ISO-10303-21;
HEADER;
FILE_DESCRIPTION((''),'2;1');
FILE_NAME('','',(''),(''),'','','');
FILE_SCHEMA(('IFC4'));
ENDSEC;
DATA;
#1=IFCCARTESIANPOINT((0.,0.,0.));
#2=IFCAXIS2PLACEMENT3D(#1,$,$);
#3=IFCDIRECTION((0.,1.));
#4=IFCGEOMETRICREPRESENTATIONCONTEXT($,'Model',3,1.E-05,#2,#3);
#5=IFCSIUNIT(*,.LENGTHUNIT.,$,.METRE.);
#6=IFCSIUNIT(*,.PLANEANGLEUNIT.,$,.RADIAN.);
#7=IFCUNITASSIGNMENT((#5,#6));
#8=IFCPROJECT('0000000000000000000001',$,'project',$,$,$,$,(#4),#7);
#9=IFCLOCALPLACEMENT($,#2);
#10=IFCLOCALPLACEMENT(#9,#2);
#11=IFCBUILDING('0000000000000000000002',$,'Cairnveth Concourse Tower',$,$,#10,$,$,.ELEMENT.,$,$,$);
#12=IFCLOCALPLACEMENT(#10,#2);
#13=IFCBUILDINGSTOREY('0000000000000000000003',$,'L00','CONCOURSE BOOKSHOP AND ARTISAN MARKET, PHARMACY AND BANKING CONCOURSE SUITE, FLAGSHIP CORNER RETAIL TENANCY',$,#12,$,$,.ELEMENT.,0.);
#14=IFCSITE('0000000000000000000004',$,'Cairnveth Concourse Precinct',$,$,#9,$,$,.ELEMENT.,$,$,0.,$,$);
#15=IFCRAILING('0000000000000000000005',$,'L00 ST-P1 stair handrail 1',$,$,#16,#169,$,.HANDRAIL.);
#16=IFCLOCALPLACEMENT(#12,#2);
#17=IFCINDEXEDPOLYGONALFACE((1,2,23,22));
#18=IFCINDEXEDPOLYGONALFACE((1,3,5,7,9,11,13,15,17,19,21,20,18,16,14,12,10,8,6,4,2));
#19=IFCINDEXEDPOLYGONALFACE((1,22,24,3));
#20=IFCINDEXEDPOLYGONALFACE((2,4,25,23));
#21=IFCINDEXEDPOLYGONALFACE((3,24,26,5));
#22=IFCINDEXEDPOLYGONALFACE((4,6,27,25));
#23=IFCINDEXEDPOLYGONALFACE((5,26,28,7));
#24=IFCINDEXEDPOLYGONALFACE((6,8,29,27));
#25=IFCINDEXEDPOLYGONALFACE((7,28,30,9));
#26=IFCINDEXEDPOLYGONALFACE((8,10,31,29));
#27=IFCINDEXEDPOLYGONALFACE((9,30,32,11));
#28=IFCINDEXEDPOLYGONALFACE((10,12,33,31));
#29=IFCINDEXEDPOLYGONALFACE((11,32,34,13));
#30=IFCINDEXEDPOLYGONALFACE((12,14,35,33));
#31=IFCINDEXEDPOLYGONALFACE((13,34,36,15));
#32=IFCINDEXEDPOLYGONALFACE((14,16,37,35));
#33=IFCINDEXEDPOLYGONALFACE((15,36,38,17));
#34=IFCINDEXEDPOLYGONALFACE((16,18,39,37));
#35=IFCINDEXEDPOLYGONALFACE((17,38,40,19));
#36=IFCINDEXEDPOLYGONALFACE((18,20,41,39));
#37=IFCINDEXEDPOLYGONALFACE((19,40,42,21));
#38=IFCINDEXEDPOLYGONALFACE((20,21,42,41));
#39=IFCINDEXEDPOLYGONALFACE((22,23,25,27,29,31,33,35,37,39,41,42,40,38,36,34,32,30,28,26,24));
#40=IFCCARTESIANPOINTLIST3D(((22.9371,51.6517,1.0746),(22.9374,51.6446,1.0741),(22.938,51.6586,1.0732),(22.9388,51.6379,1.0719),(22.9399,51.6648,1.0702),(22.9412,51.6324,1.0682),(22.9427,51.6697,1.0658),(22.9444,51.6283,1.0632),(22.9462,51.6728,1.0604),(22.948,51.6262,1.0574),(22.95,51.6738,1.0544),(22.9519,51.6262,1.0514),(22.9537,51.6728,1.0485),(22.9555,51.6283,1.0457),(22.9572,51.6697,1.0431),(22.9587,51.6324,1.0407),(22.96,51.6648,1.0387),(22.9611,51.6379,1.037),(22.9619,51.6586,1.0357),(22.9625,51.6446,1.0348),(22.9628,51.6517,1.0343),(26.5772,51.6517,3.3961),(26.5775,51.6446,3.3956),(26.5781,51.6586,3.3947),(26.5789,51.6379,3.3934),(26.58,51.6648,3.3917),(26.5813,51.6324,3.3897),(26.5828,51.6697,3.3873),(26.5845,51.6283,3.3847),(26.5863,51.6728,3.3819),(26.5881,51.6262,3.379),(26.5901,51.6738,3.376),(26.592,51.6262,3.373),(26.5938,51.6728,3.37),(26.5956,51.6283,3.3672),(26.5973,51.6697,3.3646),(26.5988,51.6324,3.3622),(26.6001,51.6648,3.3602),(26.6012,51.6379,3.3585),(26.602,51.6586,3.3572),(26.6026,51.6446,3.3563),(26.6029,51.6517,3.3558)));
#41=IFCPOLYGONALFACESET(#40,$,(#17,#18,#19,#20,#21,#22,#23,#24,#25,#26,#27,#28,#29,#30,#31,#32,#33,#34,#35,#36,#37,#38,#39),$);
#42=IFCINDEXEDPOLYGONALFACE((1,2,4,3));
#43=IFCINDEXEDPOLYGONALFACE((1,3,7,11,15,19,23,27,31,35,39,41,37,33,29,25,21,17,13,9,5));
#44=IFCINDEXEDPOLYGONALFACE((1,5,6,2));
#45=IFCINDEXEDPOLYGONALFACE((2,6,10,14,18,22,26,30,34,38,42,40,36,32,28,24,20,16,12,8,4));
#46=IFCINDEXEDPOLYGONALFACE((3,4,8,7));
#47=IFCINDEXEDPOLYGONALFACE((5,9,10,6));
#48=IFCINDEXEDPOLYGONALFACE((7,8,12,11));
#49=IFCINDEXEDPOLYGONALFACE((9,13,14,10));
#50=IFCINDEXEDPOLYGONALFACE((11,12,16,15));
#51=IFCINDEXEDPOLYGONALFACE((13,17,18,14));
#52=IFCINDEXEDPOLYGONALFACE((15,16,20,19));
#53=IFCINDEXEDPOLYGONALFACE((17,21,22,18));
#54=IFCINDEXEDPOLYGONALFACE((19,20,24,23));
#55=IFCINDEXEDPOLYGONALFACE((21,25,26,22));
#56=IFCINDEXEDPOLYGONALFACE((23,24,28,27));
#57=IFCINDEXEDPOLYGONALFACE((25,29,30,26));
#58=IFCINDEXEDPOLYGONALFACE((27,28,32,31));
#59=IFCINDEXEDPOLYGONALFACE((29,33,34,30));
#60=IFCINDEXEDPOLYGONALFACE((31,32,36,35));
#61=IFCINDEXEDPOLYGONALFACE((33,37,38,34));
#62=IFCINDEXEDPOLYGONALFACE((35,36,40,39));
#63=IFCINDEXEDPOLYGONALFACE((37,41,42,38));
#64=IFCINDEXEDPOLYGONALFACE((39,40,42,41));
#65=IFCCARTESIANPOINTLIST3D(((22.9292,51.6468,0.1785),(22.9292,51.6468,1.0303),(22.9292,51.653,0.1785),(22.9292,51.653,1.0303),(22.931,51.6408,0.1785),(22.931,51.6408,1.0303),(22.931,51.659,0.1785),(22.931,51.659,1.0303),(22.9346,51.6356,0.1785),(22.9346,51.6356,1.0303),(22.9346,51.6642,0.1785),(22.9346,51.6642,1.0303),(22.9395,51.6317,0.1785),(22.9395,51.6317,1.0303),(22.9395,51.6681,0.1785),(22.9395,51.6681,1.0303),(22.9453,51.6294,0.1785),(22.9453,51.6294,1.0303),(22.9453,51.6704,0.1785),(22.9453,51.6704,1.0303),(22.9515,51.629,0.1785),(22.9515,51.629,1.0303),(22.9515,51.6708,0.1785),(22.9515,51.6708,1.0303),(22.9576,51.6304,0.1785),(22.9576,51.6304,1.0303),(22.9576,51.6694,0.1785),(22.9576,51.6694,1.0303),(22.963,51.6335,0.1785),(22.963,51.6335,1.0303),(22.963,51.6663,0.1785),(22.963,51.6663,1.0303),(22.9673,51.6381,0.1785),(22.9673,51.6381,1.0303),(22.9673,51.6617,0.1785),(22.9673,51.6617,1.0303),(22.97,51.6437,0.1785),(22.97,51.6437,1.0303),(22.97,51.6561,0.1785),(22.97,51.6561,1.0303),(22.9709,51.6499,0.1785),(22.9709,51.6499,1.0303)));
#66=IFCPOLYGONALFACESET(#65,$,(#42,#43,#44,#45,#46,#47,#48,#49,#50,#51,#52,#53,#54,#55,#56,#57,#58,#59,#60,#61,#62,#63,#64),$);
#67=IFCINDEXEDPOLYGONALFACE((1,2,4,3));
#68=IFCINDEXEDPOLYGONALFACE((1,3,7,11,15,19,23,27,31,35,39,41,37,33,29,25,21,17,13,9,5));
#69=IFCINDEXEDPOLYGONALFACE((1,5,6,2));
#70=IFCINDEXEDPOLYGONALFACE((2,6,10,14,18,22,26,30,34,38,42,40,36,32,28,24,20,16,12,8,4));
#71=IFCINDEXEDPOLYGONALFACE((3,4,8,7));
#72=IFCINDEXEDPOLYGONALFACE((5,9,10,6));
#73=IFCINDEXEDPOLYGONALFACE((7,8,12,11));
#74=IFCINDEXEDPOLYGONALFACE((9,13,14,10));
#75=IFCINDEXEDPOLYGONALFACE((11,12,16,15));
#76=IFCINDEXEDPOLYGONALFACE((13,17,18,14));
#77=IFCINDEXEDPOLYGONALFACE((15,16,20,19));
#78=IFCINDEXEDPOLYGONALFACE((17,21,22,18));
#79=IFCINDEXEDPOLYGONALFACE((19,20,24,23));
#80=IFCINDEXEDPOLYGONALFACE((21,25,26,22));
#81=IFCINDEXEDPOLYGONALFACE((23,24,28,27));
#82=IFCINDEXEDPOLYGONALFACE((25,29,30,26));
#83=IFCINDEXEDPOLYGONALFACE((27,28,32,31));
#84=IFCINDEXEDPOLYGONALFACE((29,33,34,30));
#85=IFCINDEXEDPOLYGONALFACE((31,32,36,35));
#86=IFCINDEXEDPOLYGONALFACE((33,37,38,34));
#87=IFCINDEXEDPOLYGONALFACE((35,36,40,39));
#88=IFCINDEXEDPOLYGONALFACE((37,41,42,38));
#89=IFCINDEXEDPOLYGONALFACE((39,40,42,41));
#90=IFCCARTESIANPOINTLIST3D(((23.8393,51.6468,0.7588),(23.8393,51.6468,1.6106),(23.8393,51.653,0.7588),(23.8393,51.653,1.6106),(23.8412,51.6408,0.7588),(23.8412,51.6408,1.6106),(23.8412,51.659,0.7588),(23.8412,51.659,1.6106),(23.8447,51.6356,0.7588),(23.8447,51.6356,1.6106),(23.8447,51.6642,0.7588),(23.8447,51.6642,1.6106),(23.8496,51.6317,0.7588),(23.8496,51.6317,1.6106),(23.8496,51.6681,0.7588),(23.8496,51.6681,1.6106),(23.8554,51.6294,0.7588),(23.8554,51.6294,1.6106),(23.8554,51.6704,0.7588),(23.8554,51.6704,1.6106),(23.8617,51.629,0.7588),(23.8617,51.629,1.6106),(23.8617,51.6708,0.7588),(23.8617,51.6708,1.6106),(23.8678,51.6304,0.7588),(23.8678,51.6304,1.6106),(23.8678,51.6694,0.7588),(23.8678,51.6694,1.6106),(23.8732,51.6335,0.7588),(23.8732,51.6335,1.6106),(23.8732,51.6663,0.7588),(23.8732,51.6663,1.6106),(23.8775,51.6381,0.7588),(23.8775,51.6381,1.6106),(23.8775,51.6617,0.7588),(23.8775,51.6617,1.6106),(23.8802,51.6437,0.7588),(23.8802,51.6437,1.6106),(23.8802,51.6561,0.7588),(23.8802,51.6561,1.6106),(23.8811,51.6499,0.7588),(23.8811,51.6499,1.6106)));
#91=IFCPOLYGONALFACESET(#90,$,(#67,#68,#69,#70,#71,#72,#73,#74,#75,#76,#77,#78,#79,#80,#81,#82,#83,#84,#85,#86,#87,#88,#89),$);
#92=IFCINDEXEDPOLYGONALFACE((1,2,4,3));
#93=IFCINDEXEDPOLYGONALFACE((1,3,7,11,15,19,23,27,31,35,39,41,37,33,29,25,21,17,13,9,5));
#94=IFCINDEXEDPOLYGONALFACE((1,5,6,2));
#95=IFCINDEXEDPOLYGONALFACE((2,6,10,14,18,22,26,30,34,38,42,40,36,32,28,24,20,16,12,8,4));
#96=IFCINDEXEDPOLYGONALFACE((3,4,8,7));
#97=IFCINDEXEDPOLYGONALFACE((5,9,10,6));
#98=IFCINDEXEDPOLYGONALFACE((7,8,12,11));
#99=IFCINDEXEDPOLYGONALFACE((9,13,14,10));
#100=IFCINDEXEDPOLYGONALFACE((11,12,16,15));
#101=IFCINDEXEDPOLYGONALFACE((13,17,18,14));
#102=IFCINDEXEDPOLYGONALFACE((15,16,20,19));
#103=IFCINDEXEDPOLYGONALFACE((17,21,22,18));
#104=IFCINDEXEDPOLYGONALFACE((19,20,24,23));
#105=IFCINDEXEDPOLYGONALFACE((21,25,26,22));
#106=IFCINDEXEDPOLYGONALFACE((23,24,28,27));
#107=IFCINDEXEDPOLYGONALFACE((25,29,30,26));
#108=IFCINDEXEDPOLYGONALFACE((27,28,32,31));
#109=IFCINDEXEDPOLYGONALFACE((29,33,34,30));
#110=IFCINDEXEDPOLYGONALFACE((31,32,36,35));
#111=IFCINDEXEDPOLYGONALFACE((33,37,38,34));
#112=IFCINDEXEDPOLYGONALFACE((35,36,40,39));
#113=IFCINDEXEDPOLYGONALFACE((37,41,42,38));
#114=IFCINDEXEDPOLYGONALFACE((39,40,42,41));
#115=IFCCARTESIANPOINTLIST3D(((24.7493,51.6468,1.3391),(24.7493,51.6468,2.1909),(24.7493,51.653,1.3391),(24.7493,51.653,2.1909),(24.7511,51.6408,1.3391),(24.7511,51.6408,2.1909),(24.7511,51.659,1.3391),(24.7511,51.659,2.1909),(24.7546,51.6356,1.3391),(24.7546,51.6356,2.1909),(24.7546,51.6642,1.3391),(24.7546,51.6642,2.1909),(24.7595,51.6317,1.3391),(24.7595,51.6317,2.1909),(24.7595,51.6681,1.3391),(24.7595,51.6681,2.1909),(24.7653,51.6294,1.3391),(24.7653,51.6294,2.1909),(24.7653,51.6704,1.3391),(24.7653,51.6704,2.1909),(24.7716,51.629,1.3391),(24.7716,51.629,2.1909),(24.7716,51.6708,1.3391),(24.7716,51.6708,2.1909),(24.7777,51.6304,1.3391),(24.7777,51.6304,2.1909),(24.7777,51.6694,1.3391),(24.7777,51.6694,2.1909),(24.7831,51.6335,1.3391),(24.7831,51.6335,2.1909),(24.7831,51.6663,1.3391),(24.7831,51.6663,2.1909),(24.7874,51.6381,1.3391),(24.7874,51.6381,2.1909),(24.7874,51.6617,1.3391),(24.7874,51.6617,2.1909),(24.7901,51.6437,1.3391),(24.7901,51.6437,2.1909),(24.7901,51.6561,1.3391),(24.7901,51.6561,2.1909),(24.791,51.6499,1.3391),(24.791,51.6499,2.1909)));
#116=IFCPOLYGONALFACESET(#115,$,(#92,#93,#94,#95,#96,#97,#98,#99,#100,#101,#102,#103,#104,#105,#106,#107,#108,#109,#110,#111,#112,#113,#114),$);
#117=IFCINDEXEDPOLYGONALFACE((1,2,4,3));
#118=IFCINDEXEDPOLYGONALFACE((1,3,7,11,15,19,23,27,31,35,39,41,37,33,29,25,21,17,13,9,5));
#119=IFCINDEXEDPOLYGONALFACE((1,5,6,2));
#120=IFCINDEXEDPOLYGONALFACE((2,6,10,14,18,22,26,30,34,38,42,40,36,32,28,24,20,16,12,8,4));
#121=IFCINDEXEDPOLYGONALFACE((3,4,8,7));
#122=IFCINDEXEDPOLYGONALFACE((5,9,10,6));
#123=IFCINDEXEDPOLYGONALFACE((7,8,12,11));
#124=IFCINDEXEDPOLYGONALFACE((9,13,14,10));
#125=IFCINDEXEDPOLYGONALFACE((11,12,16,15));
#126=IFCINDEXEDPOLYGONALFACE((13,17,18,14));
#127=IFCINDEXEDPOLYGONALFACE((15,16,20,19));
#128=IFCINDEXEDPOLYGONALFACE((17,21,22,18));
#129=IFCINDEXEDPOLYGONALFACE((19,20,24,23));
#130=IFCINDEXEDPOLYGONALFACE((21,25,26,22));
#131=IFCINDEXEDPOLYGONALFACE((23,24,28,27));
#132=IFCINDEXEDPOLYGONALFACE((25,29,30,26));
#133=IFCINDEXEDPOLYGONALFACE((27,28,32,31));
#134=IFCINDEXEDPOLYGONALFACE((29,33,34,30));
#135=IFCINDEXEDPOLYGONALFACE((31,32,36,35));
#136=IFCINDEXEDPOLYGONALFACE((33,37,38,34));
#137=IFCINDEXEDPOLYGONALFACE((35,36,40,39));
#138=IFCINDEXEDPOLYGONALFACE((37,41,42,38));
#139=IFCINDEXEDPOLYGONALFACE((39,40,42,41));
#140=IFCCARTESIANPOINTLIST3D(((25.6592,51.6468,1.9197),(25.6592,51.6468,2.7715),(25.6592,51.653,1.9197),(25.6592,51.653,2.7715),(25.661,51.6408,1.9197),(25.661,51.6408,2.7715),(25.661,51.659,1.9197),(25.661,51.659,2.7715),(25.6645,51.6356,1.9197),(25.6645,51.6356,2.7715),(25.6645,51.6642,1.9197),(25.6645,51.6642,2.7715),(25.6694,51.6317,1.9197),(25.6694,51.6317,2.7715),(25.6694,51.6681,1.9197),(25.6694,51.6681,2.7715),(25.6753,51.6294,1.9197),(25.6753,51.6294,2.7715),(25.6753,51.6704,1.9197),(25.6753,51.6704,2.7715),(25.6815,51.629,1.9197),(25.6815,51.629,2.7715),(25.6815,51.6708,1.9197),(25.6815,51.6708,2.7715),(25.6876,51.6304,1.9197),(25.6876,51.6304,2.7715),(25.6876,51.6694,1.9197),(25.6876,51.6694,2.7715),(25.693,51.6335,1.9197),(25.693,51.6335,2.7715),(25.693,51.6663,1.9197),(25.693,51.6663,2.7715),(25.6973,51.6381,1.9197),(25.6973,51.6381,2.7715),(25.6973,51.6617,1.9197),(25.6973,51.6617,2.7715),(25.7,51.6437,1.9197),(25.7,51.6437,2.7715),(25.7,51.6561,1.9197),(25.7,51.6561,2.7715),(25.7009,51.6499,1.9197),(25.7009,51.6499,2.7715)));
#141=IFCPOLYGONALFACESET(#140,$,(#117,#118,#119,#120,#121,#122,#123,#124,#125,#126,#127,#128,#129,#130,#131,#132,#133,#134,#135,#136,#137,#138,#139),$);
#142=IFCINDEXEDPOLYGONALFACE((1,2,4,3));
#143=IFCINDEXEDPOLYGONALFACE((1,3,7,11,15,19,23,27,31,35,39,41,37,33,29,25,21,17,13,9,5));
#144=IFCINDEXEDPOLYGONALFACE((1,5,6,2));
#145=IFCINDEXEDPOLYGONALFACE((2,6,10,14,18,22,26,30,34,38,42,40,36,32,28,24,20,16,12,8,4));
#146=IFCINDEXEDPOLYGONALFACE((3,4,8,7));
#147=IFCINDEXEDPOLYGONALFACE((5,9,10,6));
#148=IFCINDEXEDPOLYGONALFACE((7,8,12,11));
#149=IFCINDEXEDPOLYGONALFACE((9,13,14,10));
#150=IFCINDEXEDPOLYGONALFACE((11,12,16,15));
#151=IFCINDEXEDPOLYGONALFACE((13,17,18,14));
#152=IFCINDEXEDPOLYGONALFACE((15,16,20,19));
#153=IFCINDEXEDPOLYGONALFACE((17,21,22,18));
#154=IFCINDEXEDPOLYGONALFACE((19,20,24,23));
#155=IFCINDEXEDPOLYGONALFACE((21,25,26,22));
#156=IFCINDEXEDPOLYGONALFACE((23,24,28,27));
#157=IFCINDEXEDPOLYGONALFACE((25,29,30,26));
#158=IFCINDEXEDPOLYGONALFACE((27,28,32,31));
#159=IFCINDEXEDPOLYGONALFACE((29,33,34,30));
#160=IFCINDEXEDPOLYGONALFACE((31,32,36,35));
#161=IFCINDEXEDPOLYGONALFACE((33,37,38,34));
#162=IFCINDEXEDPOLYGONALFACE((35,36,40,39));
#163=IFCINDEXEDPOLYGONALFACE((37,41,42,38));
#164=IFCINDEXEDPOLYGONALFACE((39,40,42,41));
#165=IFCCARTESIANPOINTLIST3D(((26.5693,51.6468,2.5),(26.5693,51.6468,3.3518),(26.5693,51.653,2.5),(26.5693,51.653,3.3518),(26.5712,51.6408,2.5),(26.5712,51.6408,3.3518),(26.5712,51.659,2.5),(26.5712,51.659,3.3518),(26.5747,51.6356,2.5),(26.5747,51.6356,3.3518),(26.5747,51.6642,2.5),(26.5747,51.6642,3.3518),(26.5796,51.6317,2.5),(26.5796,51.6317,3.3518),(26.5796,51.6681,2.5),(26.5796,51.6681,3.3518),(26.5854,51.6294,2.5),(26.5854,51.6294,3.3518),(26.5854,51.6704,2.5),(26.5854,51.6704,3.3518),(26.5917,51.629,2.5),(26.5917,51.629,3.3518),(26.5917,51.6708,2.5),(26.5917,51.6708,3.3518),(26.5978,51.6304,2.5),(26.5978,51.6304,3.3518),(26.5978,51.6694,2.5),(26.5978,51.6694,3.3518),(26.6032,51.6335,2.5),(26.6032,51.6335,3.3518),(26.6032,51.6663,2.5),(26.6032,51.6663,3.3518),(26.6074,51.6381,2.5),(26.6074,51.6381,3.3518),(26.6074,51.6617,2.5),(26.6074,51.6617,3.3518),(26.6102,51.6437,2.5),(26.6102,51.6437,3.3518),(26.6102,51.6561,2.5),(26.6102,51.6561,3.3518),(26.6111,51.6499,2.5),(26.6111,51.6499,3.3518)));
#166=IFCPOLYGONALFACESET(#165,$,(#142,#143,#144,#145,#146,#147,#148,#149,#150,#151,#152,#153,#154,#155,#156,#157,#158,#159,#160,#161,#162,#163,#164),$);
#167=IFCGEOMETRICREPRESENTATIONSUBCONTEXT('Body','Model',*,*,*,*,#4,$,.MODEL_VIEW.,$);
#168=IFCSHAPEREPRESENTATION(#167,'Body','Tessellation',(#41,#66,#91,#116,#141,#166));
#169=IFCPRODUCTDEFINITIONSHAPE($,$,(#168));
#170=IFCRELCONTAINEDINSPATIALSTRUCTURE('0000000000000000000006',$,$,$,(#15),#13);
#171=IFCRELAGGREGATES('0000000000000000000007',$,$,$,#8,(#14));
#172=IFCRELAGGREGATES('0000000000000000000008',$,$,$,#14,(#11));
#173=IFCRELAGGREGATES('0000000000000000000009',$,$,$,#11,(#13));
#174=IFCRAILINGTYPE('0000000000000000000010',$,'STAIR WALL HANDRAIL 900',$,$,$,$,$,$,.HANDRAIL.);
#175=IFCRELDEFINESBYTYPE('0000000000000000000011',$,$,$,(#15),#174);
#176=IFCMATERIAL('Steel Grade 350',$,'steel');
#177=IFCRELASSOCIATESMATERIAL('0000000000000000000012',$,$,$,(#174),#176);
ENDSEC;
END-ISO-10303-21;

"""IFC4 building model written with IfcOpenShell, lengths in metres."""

from ifc_helpers import new_model, si_unit, direction, frame, origin, origin_2d, place, context, subcontext, project, spatial, circle, extrude, material, type_object, element, save


model = new_model("IFC4")

# Units and contexts
model_context = context("Model", 3, precision=1e-05, world=origin(), true_north=direction((0.0, 1.0)))
body_context = subcontext(model_context, "Body", "Model", "MODEL_VIEW")
ifc_project = project(units=[si_unit("LENGTHUNIT", "METRE"), si_unit("PLANEANGLEUNIT", "RADIAN")], contexts=[model_context])

# Site, building, storey
site_placement = place(None, origin())
site = spatial("IfcSite", under=ifc_project, at=site_placement, Name="Cairnveth Concourse Precinct", CompositionType="ELEMENT", RefElevation=0.0)
building_placement = place(site_placement, origin())
building = spatial("IfcBuilding", under=site, at=building_placement, Name="Cairnveth Concourse Tower", CompositionType="ELEMENT")
storey_placement = place(building_placement, origin())
storey = spatial("IfcBuildingStorey", under=building, at=storey_placement, Name="L00", Description="CONCOURSE BOOKSHOP AND ARTISAN MARKET, PHARMACY AND BANKING CONCOURSE SUITE, FLAGSHIP CORNER RETAIL TENANCY", CompositionType="ELEMENT", Elevation=0.0)

# Shared definitions
ifc_material_1 = material(Name="Steel Grade 350", Category="steel")

# Railing
railing_type_1 = type_object("IfcRailingType", Name="STAIR WALL HANDRAIL 900", PredefinedType="HANDRAIL", material=ifc_material_1)
railing_1_placement = place(storey_placement, frame((22.95, 51.6499, 0.1785)))
element("IfcRailing", 1, at=railing_1_placement, inside=storey, type_object=railing_type_1, Name="L00 ST-P1 stair handrail 1", PredefinedType="HANDRAIL", context=body_context, shape_type="SweptSolid", body=[
    extrude(circle(Radius=0.0239, at=origin_2d()), frame((0.0, 0.0, 0.876), z_axis=(0.843128, 0.0, 0.537713), x_axis=(0.0, 1.0, 0.0)), (0.0, 0.0, 1.0), 4.3174),
    extrude(circle(Radius=0.021, at=origin_2d()), origin(), (0.0, 0.0, 1.0), 0.8518),
    extrude(circle(Radius=0.021, at=origin_2d()), frame((0.9102, 0.0, 0.5803)), (0.0, 0.0, 1.0), 0.8518),
    extrude(circle(Radius=0.021, at=origin_2d()), frame((1.8201, 0.0, 1.1606)), (0.0, 0.0, 1.0), 0.8518),
    extrude(circle(Radius=0.021, at=origin_2d()), frame((2.73, 0.0, 1.7412)), (0.0, 0.0, 1.0), 0.8518),
    extrude(circle(Radius=0.021, at=origin_2d()), frame((3.6401, 0.0, 2.3215)), (0.0, 0.0, 1.0), 0.8518),
])

save(model, "model.ifc")
